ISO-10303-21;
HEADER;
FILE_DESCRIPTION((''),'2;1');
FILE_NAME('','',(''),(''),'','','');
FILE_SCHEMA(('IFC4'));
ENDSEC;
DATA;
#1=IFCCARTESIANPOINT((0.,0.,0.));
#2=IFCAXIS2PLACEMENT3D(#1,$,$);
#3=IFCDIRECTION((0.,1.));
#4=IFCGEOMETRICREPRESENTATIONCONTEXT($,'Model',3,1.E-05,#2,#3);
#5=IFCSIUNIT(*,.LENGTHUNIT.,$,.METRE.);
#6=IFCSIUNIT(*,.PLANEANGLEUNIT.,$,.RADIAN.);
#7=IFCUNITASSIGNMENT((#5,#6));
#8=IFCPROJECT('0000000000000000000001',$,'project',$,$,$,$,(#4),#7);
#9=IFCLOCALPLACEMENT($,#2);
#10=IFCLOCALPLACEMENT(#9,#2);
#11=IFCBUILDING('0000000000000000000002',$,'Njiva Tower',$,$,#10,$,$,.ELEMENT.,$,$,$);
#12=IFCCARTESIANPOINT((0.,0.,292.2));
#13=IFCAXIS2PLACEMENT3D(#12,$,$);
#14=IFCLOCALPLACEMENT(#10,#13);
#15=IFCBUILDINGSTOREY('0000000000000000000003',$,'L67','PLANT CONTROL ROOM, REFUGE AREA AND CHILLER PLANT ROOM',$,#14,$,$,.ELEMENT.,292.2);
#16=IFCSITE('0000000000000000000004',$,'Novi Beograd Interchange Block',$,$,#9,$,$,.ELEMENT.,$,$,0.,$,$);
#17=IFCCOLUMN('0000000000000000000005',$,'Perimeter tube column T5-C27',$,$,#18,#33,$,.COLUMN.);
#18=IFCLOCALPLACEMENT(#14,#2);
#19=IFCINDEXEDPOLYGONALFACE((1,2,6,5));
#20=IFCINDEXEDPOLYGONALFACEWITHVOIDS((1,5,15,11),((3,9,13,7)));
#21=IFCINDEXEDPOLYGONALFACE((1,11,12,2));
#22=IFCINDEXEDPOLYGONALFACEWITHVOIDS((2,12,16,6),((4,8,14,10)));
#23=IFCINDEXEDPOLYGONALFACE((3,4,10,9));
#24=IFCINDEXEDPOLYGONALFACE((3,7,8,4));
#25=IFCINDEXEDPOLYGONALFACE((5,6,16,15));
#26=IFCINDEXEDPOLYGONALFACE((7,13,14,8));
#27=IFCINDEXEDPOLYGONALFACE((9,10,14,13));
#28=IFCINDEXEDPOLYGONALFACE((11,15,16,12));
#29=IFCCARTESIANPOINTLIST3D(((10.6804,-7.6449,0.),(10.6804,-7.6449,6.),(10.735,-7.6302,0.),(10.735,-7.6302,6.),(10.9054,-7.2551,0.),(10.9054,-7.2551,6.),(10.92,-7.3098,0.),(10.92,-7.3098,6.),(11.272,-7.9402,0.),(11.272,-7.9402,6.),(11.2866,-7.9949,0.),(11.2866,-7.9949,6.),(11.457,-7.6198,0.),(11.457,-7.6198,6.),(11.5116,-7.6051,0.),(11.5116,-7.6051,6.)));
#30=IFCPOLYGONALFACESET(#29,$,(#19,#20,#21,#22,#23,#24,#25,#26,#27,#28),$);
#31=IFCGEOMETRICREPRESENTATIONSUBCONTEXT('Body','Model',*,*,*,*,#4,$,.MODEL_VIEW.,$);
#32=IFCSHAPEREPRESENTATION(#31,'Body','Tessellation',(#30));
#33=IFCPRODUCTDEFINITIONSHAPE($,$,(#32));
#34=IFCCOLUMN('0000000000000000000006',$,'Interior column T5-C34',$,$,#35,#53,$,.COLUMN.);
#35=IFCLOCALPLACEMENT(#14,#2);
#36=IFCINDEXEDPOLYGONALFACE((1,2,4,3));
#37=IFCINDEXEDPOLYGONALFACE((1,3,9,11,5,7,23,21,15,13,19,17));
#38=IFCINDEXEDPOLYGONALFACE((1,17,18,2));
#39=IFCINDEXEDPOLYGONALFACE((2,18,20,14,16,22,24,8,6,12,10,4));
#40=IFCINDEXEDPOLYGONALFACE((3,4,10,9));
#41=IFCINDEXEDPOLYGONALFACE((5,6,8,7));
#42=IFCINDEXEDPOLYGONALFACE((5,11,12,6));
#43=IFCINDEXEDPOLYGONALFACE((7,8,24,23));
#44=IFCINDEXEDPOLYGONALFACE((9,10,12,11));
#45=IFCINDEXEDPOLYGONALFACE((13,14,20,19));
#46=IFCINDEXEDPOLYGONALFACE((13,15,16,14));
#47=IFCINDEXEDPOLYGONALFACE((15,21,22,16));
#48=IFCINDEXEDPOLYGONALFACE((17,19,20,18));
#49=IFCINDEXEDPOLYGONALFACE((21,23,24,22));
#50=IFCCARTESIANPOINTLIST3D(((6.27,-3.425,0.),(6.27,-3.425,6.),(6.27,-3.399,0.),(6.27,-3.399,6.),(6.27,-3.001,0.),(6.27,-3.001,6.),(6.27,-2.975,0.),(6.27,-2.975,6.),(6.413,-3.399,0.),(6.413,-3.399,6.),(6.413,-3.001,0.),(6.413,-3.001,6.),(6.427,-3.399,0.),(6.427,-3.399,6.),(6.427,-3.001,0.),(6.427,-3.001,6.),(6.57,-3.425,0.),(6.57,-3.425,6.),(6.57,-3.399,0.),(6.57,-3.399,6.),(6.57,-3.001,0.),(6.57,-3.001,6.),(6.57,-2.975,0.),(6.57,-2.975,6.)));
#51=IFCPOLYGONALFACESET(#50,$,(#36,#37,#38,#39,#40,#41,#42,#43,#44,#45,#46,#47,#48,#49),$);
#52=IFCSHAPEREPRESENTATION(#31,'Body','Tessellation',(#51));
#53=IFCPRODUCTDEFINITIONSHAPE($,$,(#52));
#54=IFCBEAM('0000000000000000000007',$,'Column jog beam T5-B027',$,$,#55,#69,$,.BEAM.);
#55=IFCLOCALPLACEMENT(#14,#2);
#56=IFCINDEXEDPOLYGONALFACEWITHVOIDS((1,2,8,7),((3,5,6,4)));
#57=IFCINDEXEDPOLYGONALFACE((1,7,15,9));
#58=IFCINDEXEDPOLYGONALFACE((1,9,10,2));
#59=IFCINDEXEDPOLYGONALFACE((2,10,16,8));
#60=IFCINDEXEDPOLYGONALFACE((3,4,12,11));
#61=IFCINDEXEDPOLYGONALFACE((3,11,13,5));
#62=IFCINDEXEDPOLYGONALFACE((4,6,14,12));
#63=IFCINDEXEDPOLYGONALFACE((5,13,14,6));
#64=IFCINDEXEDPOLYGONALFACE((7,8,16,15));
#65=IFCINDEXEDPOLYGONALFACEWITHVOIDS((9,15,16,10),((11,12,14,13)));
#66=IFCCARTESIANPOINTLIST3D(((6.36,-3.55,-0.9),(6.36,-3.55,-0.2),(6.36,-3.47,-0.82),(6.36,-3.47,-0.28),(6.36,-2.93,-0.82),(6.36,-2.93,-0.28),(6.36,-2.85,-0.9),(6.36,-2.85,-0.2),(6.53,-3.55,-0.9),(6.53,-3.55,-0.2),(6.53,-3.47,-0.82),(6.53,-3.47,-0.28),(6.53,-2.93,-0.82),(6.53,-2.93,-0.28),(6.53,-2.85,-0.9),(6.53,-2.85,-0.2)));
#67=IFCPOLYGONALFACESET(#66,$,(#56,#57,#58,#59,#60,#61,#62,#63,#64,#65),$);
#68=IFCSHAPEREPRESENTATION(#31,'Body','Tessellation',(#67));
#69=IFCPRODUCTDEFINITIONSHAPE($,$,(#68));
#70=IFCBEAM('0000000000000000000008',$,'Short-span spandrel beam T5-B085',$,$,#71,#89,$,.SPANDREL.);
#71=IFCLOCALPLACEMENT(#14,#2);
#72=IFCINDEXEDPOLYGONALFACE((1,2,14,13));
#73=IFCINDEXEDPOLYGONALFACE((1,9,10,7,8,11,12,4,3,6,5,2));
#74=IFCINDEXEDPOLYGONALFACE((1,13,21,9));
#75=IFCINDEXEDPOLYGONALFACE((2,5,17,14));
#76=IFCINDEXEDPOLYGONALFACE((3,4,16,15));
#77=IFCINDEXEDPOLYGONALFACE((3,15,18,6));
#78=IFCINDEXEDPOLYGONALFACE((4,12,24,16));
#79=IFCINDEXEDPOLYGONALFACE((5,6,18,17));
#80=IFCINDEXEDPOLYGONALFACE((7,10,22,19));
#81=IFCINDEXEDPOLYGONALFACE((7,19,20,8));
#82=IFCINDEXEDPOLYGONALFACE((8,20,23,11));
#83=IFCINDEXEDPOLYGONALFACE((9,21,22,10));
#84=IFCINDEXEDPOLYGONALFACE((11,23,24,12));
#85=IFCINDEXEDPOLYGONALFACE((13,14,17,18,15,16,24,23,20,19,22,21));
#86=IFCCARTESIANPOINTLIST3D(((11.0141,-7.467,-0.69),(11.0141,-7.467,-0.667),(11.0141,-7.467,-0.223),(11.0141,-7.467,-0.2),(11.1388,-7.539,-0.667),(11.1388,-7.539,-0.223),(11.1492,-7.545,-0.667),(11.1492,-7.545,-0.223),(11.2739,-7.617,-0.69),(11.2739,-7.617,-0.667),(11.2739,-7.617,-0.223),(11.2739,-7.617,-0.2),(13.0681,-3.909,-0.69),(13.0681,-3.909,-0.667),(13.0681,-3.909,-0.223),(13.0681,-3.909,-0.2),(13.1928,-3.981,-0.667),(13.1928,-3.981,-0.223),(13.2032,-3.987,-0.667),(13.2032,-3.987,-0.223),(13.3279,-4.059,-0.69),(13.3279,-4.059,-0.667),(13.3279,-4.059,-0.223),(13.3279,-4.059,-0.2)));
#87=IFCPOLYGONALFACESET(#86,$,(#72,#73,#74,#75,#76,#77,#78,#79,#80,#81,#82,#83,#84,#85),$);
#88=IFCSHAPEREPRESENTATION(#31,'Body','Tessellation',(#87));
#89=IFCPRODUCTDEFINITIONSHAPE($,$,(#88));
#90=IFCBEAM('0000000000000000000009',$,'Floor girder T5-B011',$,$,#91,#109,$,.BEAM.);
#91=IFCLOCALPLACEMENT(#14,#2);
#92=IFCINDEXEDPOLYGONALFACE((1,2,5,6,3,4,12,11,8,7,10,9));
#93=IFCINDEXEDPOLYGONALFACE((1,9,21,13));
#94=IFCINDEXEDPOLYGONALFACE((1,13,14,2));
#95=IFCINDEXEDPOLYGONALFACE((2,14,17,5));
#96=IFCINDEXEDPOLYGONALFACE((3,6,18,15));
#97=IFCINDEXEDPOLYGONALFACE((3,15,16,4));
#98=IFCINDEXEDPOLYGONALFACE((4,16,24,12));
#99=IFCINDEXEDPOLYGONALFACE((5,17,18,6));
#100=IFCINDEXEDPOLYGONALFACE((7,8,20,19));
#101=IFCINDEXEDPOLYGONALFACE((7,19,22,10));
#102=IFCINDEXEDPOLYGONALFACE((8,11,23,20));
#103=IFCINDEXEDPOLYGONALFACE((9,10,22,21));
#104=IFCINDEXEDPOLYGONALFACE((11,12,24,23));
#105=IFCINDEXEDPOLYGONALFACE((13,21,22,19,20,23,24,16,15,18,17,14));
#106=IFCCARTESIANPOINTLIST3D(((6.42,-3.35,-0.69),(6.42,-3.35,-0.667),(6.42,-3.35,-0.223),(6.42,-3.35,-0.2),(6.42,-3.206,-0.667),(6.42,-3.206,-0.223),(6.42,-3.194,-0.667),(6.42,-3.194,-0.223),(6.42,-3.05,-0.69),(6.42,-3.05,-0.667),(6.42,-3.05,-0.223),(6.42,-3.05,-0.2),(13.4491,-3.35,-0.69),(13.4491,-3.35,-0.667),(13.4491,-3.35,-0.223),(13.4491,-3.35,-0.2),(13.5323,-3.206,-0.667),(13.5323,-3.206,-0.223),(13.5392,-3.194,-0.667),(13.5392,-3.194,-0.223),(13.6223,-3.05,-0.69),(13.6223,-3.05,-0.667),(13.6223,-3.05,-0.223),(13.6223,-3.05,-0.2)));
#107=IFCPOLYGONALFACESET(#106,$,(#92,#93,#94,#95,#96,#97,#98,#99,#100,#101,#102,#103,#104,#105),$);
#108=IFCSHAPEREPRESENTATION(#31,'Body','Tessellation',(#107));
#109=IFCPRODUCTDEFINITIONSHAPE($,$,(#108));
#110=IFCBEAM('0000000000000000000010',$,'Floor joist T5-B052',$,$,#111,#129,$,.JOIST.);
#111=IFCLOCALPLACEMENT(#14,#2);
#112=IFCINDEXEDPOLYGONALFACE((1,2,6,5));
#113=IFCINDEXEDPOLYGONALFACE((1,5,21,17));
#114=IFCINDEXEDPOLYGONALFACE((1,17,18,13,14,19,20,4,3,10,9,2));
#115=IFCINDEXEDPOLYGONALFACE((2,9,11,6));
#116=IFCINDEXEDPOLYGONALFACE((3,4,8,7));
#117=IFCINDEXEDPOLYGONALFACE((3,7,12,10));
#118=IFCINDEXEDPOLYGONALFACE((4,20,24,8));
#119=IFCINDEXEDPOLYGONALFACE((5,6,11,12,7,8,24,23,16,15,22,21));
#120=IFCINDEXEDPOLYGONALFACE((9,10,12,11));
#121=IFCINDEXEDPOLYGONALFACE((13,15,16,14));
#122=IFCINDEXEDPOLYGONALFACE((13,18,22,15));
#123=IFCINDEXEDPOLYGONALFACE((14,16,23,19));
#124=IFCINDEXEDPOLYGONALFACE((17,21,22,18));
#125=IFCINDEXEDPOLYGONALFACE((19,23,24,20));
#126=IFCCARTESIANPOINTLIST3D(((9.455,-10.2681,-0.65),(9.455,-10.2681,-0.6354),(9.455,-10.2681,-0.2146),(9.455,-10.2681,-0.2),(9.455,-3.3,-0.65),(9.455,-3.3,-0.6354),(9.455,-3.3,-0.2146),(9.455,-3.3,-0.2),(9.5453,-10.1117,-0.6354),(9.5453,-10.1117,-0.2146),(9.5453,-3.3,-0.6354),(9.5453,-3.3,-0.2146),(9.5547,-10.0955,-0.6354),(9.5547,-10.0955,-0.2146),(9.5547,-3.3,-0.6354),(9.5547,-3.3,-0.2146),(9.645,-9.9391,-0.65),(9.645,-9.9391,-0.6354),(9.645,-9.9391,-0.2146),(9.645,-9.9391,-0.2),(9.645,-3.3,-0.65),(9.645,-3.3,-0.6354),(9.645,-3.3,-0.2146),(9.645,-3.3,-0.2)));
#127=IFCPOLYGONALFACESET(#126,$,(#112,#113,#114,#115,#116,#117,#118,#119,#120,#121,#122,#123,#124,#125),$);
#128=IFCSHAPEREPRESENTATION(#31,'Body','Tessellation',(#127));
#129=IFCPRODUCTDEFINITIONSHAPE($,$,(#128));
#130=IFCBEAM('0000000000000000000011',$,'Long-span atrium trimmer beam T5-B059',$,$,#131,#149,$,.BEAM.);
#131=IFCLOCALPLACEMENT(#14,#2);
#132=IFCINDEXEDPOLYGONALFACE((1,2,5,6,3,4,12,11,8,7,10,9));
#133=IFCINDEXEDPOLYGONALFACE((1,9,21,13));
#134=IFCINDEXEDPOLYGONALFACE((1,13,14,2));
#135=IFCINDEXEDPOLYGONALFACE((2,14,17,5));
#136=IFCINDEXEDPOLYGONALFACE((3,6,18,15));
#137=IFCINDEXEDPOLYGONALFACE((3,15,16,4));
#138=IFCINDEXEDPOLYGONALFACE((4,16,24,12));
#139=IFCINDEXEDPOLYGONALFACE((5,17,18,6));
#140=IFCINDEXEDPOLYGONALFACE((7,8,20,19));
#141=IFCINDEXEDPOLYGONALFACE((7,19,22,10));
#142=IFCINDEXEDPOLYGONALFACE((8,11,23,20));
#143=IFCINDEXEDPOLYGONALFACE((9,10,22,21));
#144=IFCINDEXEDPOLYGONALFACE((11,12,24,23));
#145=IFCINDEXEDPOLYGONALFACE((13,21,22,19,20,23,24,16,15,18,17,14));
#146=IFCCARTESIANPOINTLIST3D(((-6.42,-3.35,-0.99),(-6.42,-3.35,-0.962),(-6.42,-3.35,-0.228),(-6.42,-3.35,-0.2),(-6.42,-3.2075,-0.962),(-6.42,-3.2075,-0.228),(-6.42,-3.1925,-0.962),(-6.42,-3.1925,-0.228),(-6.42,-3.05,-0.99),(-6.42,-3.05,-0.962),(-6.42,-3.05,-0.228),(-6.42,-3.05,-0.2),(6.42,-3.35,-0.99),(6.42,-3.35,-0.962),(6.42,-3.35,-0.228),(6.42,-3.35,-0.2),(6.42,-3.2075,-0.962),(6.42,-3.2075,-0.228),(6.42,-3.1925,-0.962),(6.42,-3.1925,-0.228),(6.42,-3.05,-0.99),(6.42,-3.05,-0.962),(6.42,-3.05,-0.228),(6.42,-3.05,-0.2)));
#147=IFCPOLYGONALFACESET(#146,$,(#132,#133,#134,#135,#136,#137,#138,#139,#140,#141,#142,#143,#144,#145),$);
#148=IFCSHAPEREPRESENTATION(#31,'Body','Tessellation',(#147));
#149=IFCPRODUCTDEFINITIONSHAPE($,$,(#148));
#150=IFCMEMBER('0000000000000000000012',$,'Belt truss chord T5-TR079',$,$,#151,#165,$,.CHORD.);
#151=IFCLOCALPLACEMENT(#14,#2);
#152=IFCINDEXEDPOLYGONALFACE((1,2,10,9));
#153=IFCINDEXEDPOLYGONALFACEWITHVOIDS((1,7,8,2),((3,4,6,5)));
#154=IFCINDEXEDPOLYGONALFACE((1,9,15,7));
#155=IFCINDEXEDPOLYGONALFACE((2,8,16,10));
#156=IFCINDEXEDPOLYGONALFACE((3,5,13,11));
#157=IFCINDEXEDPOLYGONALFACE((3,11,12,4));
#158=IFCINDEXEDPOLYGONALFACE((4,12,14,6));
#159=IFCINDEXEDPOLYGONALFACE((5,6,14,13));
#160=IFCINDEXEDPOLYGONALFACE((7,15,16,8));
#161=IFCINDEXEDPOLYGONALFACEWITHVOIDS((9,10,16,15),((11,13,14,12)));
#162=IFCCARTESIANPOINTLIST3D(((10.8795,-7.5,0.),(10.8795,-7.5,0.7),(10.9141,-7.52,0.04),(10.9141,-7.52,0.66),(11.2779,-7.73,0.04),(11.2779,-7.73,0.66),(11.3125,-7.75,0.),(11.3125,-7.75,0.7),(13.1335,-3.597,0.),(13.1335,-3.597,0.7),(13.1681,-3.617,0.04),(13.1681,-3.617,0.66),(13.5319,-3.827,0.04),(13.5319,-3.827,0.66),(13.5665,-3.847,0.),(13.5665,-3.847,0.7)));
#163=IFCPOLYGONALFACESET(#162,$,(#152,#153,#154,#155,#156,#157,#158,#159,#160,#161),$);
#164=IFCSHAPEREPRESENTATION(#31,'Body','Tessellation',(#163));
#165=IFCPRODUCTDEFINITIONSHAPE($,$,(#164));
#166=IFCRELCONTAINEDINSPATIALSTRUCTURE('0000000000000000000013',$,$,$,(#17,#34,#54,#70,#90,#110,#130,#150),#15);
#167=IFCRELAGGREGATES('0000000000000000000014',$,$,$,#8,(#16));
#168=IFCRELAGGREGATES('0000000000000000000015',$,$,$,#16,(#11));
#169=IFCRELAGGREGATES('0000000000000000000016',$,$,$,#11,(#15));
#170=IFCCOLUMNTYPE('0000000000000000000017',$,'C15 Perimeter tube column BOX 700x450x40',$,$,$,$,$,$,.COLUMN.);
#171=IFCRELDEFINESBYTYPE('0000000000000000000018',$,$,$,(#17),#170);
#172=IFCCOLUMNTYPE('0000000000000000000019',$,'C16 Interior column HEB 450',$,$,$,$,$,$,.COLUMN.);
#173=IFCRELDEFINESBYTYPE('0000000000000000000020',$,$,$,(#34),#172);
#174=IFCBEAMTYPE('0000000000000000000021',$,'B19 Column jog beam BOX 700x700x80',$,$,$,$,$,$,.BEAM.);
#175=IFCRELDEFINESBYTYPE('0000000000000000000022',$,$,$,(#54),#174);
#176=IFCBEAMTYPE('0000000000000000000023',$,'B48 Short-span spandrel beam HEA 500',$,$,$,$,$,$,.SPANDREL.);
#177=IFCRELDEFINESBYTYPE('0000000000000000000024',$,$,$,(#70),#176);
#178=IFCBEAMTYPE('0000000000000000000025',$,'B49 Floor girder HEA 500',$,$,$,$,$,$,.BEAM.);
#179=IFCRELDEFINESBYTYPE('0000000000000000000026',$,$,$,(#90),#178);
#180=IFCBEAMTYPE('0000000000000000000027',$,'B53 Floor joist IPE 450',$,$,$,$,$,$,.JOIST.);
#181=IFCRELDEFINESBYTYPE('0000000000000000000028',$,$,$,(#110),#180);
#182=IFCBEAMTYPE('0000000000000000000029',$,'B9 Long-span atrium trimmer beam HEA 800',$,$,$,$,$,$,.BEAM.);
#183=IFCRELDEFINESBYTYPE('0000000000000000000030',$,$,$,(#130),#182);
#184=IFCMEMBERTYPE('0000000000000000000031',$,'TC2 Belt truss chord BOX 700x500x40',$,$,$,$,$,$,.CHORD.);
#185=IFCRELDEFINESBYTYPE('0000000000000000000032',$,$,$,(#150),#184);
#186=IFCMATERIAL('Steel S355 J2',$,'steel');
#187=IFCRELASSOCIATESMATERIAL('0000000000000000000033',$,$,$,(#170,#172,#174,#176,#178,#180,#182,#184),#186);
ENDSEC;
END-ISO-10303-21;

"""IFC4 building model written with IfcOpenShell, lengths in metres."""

from ifc_helpers import new_model, si_unit, direction, frame, origin, origin_2d, place, context, subcontext, project, spatial, hollow_rectangle, i_section, extrude, clip, halfspace, material, material_profile, profile_set, type_object, element, save


model = new_model("IFC4")

# Units and contexts
model_context = context("Model", 3, precision=1e-05, world=origin(), true_north=direction((0.0, 1.0)))
body_context = subcontext(model_context, "Body", "Model", "MODEL_VIEW")
ifc_project = project(units=[si_unit("LENGTHUNIT", "METRE"), si_unit("PLANEANGLEUNIT", "RADIAN")], contexts=[model_context])

# Site, building, storey
site_placement = place(None, origin())
site = spatial("IfcSite", under=ifc_project, at=site_placement, Name="Novi Beograd Interchange Block", CompositionType="ELEMENT", RefElevation=0.0)
building_placement = place(site_placement, origin())
building = spatial("IfcBuilding", under=site, at=building_placement, Name="Njiva Tower", CompositionType="ELEMENT")
storey_placement = place(building_placement, frame((0.0, 0.0, 292.2)))
storey = spatial("IfcBuildingStorey", under=building, at=storey_placement, Name="L67", Description="PLANT CONTROL ROOM, REFUGE AREA AND CHILLER PLANT ROOM", CompositionType="ELEMENT", Elevation=292.2)

# Columns
ifc_material_1 = material(Name="Steel S355 J2", Category="steel")
ifc_material_profile_1 = material_profile(ifc_material_1, hollow_rectangle(XDim=0.45, YDim=0.7, WallThickness=0.04, at=origin_2d()), Name="BOX 700x450x40")
ifc_profile_set_1 = profile_set([ifc_material_profile_1], Name="Steel S355 J2")
column_type_1 = type_object("IfcColumnType", Name="C15 Perimeter tube column BOX 700x450x40", PredefinedType="COLUMN", material=ifc_profile_set_1)
column_1_placement = place(storey_placement, frame((11.096, -7.625, 0.0), z_axis=(0.0, 0.0, 1.0), x_axis=(0.5, 0.866025, 0.0)))
element("IfcColumn", 1, at=column_1_placement, inside=storey, type_object=column_type_1, Name="Perimeter tube column T5-C27", PredefinedType="COLUMN", context=body_context, shape_type="SweptSolid", body=[
    extrude(hollow_rectangle(XDim=0.45, YDim=0.7, WallThickness=0.04, at=origin_2d()), origin(), (0.0, 0.0, 1.0), 6.0),
])
ifc_material_profile_2 = material_profile(ifc_material_1, i_section(OverallWidth=0.3, OverallDepth=0.45, WebThickness=0.014, FlangeThickness=0.026, at=origin_2d()), Name="HEB 450")
ifc_profile_set_2 = profile_set([ifc_material_profile_2], Name="Steel S355 J2")
column_type_2 = type_object("IfcColumnType", Name="C16 Interior column HEB 450", PredefinedType="COLUMN", material=ifc_profile_set_2)
column_2_placement = place(storey_placement, frame((6.42, -3.2, 0.0), z_axis=(0.0, 0.0, 1.0), x_axis=(1.0, 0.0, 0.0)))
element("IfcColumn", 2, at=column_2_placement, inside=storey, type_object=column_type_2, Name="Interior column T5-C34", PredefinedType="COLUMN", context=body_context, shape_type="SweptSolid", body=[
    extrude(i_section(OverallWidth=0.3, OverallDepth=0.45, WebThickness=0.014, FlangeThickness=0.026, at=origin_2d()), origin(), (0.0, 0.0, 1.0), 6.0),
])

# Beams
ifc_material_profile_3 = material_profile(ifc_material_1, hollow_rectangle(XDim=0.7, YDim=0.7, WallThickness=0.08, at=origin_2d()), Name="BOX 700x700x80")
ifc_profile_set_3 = profile_set([ifc_material_profile_3], Name="Steel S355 J2")
beam_type_1 = type_object("IfcBeamType", Name="B19 Column jog beam BOX 700x700x80", PredefinedType="BEAM", material=ifc_profile_set_3)
beam_1_placement = place(storey_placement, frame((6.53, -3.2, -0.55), z_axis=(-1.0, 0.0, 0.0), x_axis=(0.0, -1.0, 0.0)))
element("IfcBeam", 3, at=beam_1_placement, inside=storey, type_object=beam_type_1, Name="Column jog beam T5-B027", PredefinedType="BEAM", context=body_context, shape_type="SweptSolid", body=[
    extrude(hollow_rectangle(XDim=0.7, YDim=0.7, WallThickness=0.08, at=origin_2d()), origin(), (0.0, 0.0, 1.0), 0.17),
])
ifc_material_profile_4 = material_profile(ifc_material_1, i_section(OverallWidth=0.3, OverallDepth=0.49, WebThickness=0.012, FlangeThickness=0.023, at=origin_2d()), Name="HEA 500")
ifc_profile_set_4 = profile_set([ifc_material_profile_4], Name="Steel S355 J2")
beam_type_2 = type_object("IfcBeamType", Name="B48 Short-span spandrel beam HEA 500", PredefinedType="SPANDREL", material=ifc_profile_set_4)
beam_2_placement = place(storey_placement, frame((11.144, -7.542, -0.445), z_axis=(0.499961, 0.866048, 0.0), x_axis=(-0.866048, 0.499961, 0.0)))
element("IfcBeam", 4, at=beam_2_placement, inside=storey, type_object=beam_type_2, Name="Short-span spandrel beam T5-B085", PredefinedType="SPANDREL", context=body_context, shape_type="SweptSolid", body=[
    extrude(i_section(OverallWidth=0.3, OverallDepth=0.49, WebThickness=0.012, FlangeThickness=0.023, at=origin_2d()), origin(), (0.0, 0.0, 1.0), 4.1083),
])
ifc_material_profile_5 = material_profile(ifc_material_1, i_section(OverallWidth=0.3, OverallDepth=0.49, WebThickness=0.012, FlangeThickness=0.023, at=origin_2d()), Name="HEA 500")
ifc_profile_set_5 = profile_set([ifc_material_profile_5], Name="Steel S355 J2")
beam_type_3 = type_object("IfcBeamType", Name="B49 Floor girder HEA 500", PredefinedType="BEAM", material=ifc_profile_set_5)
beam_3_placement = place(storey_placement, frame((6.42, -3.2, -0.445), z_axis=(1.0, 0.0, 0.0), x_axis=(0.0, 1.0, 0.0)))
element("IfcBeam", 5, at=beam_3_placement, inside=storey, type_object=beam_type_3, Name="Floor girder T5-B011", PredefinedType="BEAM", context=body_context, shape_type="Clipping", body=[
    clip(extrude(i_section(OverallWidth=0.3, OverallDepth=0.49, WebThickness=0.012, FlangeThickness=0.023, at=origin_2d()), origin(), (0.0, 0.0, 1.0), 7.223), halfspace(frame((-0.025, 0.0, 7.1013), z_axis=(-0.499998, 0.0, 0.866027), x_axis=(0.0, 1.0, 0.0)), False)),
])
ifc_material_profile_6 = material_profile(ifc_material_1, i_section(OverallWidth=0.19, OverallDepth=0.45, WebThickness=0.0094, FlangeThickness=0.0146, at=origin_2d()), Name="IPE 450")
ifc_profile_set_6 = profile_set([ifc_material_profile_6], Name="Steel S355 J2")
beam_type_4 = type_object("IfcBeamType", Name="B53 Floor joist IPE 450", PredefinedType="JOIST", material=ifc_profile_set_6)
beam_4_placement = place(storey_placement, frame((9.55, -3.3, -0.425), z_axis=(0.0, -1.0, 0.0), x_axis=(1.0, 0.0, 0.0)))
element("IfcBeam", 6, at=beam_4_placement, inside=storey, type_object=beam_type_4, Name="Floor joist T5-B052", PredefinedType="JOIST", context=body_context, shape_type="Clipping", body=[
    clip(extrude(i_section(OverallWidth=0.19, OverallDepth=0.45, WebThickness=0.0094, FlangeThickness=0.0146, at=origin_2d()), origin(), (0.0, 0.0, 1.0), 6.989), halfspace(frame((0.0433, 0.0, 6.7286), z_axis=(0.866027, 0.0, 0.499998), x_axis=(0.0, 1.0, 0.0)), False)),
])
ifc_material_profile_7 = material_profile(ifc_material_1, i_section(OverallWidth=0.3, OverallDepth=0.79, WebThickness=0.015, FlangeThickness=0.028, at=origin_2d()), Name="HEA 800")
ifc_profile_set_7 = profile_set([ifc_material_profile_7], Name="Steel S355 J2")
beam_type_5 = type_object("IfcBeamType", Name="B9 Long-span atrium trimmer beam HEA 800", PredefinedType="BEAM", material=ifc_profile_set_7)
beam_5_placement = place(storey_placement, frame((6.42, -3.2, -0.595), z_axis=(-1.0, 0.0, 0.0), x_axis=(0.0, -1.0, 0.0)))
element("IfcBeam", 7, at=beam_5_placement, inside=storey, type_object=beam_type_5, Name="Long-span atrium trimmer beam T5-B059", PredefinedType="BEAM", context=body_context, shape_type="SweptSolid", body=[
    extrude(i_section(OverallWidth=0.3, OverallDepth=0.79, WebThickness=0.015, FlangeThickness=0.028, at=origin_2d()), origin(), (0.0, 0.0, 1.0), 12.84),
])

# Member
ifc_material_profile_8 = material_profile(ifc_material_1, hollow_rectangle(XDim=0.5, YDim=0.7, WallThickness=0.04, at=origin_2d()), Name="BOX 700x500x40")
ifc_profile_set_8 = profile_set([ifc_material_profile_8], Name="Steel S355 J2")
member_type_1 = type_object("IfcMemberType", Name="TC2 Belt truss chord BOX 700x500x40", PredefinedType="CHORD", material=ifc_profile_set_8)
for number, where, z_axis, x_axis, name in (
    (8, (11.096, -7.625, 0.35), (0.5001, 0.865968, 0.0), (-0.865968, 0.5001, 0.0), "Belt truss chord T5-TR079"),
):
    element("IfcMember", number, at=place(storey_placement, frame(where, z_axis=z_axis, x_axis=x_axis)), inside=storey, type_object=member_type_1, Name=name, PredefinedType="CHORD", context=body_context, shape_type="SweptSolid", body=[
        extrude(hollow_rectangle(XDim=0.5, YDim=0.7, WallThickness=0.04, at=origin_2d()), origin(), (0.0, 0.0, 1.0), 4.5071),
    ])

save(model, "model.ifc")
